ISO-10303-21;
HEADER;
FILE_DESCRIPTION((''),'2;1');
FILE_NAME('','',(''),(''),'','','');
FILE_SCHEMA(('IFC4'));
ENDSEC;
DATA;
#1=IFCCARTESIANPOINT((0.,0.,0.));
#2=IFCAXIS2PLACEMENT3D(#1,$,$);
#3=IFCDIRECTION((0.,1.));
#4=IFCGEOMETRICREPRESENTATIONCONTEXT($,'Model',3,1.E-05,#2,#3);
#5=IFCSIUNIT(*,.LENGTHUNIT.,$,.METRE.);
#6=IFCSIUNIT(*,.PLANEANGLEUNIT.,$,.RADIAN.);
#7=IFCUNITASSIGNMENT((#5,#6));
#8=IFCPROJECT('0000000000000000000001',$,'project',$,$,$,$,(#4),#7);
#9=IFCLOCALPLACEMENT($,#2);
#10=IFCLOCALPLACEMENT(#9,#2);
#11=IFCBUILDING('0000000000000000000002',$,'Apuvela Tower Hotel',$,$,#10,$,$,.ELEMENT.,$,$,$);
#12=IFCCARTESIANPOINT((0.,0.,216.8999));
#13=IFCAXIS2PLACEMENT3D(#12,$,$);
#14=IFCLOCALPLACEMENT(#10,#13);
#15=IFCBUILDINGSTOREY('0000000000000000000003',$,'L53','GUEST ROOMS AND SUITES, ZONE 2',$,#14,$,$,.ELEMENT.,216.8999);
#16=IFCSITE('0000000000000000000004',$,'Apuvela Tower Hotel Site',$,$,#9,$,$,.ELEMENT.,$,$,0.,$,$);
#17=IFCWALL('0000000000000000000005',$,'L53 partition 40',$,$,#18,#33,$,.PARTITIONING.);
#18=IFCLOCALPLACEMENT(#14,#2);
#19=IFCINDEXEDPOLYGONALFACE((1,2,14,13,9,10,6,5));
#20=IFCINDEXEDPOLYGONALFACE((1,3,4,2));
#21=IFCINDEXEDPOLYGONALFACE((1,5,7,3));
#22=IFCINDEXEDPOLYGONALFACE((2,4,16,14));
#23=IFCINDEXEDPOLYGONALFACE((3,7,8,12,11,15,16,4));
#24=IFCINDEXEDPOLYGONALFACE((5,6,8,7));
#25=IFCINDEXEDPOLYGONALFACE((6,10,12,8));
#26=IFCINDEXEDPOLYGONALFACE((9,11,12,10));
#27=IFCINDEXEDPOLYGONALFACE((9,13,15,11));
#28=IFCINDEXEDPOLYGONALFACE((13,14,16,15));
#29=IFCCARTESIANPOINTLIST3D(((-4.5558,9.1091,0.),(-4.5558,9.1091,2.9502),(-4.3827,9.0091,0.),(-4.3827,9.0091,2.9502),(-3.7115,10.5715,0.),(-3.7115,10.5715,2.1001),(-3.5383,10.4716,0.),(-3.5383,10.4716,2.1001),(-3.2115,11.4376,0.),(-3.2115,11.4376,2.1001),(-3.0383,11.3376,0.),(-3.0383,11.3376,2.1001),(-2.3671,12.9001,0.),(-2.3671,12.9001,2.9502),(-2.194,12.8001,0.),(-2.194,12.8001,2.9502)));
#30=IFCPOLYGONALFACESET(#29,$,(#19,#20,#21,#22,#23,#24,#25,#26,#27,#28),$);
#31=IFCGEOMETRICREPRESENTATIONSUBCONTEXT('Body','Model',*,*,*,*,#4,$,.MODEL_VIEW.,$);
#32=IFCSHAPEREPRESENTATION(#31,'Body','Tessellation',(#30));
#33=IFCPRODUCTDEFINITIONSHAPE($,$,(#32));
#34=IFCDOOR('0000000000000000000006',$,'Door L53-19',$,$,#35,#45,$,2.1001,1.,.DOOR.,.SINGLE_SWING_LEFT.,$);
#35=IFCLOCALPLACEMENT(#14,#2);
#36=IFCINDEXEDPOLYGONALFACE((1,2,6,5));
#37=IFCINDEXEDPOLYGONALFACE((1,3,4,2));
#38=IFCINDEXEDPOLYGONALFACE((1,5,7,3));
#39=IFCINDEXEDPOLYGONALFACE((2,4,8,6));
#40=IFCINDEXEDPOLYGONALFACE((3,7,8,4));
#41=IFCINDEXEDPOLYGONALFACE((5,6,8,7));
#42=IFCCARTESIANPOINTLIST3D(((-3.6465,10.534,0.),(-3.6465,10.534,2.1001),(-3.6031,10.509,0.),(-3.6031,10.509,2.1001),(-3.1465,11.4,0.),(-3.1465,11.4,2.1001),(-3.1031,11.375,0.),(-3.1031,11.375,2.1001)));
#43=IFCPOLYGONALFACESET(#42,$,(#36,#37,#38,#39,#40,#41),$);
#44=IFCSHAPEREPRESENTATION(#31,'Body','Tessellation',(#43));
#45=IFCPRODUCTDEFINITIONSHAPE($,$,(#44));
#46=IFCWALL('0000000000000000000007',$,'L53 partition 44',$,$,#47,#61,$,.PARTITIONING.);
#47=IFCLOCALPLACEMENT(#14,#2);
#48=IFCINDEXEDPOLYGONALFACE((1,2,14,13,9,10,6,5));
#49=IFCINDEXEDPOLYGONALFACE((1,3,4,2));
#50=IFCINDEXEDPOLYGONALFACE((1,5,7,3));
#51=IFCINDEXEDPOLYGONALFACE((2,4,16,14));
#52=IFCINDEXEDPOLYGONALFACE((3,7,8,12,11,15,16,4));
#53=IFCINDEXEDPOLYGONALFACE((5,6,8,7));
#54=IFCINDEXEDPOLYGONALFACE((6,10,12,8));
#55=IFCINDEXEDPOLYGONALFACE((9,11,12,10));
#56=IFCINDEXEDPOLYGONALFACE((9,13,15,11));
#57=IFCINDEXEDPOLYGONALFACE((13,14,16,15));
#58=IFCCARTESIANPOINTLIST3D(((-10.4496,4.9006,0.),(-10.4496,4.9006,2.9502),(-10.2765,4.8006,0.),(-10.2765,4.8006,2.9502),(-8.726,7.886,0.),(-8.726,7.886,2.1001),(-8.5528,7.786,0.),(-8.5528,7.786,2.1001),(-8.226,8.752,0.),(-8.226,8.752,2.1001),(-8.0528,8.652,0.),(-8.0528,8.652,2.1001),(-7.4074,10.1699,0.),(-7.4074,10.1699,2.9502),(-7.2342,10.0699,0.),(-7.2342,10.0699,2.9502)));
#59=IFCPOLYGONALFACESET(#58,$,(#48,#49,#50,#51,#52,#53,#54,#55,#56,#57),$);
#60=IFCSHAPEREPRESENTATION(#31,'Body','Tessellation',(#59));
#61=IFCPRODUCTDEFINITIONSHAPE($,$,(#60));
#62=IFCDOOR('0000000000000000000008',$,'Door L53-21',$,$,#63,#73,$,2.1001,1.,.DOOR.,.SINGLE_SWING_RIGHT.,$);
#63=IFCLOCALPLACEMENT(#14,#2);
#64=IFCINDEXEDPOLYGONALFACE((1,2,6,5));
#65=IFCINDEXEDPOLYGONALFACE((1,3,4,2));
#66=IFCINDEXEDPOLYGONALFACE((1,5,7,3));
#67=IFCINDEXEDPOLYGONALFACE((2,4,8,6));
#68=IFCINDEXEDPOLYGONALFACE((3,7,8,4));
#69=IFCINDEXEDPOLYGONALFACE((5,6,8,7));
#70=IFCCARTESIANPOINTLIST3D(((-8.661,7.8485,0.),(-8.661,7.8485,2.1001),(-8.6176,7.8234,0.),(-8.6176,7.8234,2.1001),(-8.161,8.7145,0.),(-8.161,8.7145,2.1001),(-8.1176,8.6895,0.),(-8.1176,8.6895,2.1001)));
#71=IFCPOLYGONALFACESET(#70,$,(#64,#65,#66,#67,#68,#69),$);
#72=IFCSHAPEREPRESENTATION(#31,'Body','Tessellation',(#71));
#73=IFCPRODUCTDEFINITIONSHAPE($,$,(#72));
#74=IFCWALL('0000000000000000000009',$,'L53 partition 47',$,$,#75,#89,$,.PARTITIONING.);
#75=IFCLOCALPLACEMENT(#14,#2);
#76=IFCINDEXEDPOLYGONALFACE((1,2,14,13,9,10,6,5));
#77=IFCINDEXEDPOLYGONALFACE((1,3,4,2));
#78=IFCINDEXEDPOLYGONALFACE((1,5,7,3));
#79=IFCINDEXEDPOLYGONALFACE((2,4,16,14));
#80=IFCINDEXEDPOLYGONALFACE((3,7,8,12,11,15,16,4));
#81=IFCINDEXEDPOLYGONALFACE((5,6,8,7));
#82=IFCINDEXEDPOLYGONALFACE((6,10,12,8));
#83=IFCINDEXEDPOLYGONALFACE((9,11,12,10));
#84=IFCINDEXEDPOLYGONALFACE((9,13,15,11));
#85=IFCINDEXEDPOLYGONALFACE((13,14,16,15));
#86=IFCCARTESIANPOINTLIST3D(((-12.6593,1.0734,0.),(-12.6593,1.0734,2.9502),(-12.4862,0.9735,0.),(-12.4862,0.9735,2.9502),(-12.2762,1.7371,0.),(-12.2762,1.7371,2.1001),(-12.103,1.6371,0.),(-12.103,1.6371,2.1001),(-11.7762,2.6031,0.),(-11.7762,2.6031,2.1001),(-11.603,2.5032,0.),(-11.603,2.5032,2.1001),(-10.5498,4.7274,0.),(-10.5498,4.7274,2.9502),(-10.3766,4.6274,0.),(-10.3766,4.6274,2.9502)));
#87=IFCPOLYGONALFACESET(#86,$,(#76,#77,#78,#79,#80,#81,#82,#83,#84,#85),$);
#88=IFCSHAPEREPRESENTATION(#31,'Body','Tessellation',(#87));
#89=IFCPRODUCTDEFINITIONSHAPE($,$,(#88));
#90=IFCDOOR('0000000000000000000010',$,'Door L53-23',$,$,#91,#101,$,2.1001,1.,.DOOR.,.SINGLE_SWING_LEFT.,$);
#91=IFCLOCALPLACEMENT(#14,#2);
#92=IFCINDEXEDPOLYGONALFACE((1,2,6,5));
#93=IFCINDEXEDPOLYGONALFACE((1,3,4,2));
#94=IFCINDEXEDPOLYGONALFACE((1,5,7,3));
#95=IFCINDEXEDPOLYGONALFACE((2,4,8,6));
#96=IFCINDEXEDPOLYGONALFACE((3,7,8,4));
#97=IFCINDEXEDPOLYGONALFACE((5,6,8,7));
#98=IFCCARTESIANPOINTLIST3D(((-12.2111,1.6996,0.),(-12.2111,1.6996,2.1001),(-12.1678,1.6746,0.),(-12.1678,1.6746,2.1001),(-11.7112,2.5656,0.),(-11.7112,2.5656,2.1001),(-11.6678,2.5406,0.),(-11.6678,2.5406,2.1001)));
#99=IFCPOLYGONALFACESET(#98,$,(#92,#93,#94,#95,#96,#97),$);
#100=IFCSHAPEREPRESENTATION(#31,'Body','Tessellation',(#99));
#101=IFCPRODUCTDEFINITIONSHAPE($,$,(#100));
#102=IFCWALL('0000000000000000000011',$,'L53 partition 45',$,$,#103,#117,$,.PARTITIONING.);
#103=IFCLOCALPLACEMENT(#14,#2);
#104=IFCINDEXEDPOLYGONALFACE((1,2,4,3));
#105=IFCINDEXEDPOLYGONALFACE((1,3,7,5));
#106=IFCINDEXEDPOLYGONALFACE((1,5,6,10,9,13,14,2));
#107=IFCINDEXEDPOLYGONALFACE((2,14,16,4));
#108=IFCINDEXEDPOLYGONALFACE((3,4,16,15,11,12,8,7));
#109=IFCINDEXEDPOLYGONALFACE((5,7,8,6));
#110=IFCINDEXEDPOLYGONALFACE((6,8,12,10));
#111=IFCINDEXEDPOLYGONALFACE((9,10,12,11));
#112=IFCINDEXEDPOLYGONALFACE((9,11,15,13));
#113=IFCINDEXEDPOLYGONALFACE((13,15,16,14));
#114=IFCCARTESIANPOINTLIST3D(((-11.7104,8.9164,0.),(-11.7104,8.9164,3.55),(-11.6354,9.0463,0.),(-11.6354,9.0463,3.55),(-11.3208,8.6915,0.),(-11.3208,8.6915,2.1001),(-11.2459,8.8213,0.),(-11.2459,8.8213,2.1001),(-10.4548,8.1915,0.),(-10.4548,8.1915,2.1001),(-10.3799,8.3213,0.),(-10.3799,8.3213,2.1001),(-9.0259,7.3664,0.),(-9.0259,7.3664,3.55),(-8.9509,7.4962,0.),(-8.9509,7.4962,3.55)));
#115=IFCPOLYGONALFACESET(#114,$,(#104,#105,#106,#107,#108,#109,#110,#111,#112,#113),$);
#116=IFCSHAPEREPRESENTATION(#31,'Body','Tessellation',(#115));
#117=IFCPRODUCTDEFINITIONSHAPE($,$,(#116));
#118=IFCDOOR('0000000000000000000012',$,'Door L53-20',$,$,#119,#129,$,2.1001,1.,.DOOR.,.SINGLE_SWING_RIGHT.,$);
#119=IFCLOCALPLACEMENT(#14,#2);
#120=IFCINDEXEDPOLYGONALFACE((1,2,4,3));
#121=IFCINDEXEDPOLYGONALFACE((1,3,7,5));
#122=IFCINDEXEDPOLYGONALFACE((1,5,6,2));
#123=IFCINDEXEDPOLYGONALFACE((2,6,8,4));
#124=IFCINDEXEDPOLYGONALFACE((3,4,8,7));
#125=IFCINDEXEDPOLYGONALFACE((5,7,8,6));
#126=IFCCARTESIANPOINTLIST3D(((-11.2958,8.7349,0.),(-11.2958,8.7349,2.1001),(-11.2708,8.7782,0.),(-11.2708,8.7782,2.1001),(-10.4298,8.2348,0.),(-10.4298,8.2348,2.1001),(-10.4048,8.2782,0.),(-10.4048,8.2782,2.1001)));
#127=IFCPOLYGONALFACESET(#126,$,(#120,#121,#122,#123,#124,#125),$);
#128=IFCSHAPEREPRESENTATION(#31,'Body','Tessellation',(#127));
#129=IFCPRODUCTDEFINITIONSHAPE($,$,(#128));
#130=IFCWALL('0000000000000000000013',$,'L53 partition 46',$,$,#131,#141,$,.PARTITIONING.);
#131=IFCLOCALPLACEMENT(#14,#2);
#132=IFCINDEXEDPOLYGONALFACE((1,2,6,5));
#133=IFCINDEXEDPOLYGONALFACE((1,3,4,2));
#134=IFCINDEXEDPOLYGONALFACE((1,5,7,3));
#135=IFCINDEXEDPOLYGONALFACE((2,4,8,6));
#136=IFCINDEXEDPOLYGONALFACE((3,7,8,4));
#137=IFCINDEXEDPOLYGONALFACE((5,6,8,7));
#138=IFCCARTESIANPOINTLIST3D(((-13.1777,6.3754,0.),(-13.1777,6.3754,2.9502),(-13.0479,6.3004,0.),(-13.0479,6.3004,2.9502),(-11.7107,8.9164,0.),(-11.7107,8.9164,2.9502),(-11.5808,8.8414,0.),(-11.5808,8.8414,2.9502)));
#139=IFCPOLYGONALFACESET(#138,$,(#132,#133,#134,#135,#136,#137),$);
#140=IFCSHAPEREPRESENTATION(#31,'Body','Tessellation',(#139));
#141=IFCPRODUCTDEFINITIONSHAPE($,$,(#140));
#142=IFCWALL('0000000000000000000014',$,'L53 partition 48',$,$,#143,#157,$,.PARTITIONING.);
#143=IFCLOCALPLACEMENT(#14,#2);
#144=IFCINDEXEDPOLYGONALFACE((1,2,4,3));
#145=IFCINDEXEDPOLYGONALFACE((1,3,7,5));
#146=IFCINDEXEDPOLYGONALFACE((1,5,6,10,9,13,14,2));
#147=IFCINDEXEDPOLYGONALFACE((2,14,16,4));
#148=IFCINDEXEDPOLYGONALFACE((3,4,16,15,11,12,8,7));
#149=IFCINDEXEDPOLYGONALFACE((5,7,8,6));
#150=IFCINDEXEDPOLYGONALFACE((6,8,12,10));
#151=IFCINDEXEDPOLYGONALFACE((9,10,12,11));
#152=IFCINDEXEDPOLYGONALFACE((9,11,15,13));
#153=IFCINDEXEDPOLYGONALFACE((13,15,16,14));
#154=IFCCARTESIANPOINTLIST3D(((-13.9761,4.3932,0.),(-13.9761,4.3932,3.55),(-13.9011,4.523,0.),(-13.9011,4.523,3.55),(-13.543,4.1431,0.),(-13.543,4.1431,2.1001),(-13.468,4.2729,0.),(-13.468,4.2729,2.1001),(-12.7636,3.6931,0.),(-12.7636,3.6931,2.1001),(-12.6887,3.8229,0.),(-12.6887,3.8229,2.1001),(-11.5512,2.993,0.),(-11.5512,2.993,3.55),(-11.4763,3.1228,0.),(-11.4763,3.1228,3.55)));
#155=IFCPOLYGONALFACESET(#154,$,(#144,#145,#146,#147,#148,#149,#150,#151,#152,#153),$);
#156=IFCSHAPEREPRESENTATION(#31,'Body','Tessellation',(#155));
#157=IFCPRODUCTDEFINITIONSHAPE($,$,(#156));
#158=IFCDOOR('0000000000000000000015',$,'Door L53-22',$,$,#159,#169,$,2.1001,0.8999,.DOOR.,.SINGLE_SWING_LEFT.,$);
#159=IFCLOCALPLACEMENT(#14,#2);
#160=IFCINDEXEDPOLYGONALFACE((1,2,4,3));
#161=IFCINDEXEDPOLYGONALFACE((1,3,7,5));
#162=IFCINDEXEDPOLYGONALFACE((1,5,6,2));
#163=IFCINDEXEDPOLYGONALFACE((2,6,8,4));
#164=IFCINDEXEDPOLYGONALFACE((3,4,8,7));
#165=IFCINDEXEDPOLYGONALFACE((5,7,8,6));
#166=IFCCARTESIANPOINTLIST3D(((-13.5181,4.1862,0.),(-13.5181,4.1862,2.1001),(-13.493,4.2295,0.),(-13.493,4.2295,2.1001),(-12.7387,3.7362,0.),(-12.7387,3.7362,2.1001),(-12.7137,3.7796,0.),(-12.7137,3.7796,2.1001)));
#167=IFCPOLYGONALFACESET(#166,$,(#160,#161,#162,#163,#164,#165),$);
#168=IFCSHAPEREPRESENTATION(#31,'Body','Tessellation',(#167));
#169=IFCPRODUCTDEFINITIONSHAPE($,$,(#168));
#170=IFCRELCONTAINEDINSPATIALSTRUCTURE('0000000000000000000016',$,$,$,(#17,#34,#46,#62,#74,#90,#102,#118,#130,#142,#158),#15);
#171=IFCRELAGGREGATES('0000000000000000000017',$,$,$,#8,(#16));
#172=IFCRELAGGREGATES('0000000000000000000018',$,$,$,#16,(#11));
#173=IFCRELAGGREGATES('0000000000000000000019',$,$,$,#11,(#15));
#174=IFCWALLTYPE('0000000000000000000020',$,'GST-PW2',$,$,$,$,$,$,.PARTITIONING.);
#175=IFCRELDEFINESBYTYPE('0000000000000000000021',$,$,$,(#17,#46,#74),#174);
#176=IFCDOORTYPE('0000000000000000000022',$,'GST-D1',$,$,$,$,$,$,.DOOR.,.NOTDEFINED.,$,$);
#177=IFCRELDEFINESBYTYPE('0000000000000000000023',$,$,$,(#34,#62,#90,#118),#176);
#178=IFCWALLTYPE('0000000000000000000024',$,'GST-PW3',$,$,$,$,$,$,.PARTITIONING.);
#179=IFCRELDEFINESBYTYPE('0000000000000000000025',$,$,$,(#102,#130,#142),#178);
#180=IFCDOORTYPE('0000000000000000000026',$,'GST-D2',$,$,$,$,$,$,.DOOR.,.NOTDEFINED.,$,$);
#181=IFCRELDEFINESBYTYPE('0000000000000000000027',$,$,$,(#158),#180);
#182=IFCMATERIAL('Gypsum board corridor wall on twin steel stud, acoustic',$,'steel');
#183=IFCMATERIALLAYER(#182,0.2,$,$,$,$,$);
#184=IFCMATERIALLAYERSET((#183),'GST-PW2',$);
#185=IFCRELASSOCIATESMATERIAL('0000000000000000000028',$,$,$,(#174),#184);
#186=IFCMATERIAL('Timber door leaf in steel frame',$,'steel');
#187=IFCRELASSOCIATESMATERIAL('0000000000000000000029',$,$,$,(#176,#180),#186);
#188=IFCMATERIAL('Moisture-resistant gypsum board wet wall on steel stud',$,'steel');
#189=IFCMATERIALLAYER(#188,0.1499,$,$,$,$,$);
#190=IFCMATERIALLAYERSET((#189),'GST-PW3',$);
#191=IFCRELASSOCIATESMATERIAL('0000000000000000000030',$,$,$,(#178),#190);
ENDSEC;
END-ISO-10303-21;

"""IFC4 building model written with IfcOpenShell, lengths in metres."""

from ifc_helpers import new_model, si_unit, direction, frame, frame_2d, origin, place, context, subcontext, project, spatial, rectangle, extrude, material, layer, layer_set, type_object, element, fill, save


model = new_model("IFC4")

# Units and contexts
model_context = context("Model", 3, precision=1e-05, world=origin(), true_north=direction((0.0, 1.0)))
body_context = subcontext(model_context, "Body", "Model", "MODEL_VIEW")
ifc_project = project(units=[si_unit("LENGTHUNIT", "METRE"), si_unit("PLANEANGLEUNIT", "RADIAN")], contexts=[model_context])

# Site, building, storey
site_placement = place(None, origin())
site = spatial("IfcSite", under=ifc_project, at=site_placement, Name="Apuvela Tower Hotel Site", CompositionType="ELEMENT", RefElevation=0.0)
building_placement = place(site_placement, origin())
building = spatial("IfcBuilding", under=site, at=building_placement, Name="Apuvela Tower Hotel", CompositionType="ELEMENT")
storey_placement = place(building_placement, frame((0.0, 0.0, 216.8999)))
storey = spatial("IfcBuildingStorey", under=building, at=storey_placement, Name="L53", Description="GUEST ROOMS AND SUITES, ZONE 2", CompositionType="ELEMENT", Elevation=216.8999)

# Walls, openings, doors
ifc_material_1 = material(Name="Gypsum board corridor wall on twin steel stud, acoustic", Category="steel")
ifc_layer_1 = layer(ifc_material_1, 0.2)
ifc_layer_set_1 = layer_set([ifc_layer_1], Name="GST-PW2")
wall_type_1 = type_object("IfcWallType", Name="GST-PW2", PredefinedType="PARTITIONING", material=ifc_layer_set_1)
wall_1_placement = place(storey_placement, frame((-4.4692, 9.0591, 0.0), z_axis=(0.0, 0.0, 1.0), x_axis=(0.499996, 0.866028, 0.0)))
wall_1 = element("IfcWall", 1, at=wall_1_placement, inside=storey, type_object=wall_type_1, Name="L53 partition 40", PredefinedType="PARTITIONING", context=body_context, shape_type="SweptSolid", body=[
    extrude(rectangle(XDim=4.3774, YDim=0.2, at=frame_2d((2.1887, 0.0))), origin(), (0.0, 0.0, 1.0), 2.9502),
])
opening_1_placement = place(wall_1_placement, frame((1.6887, 0.0, 0.0)))
opening_1 = element("IfcOpeningElement", 2, at=opening_1_placement, cuts=wall_1, PredefinedType="OPENING", context=body_context, shape_type="SweptSolid", body=[
    extrude(rectangle(XDim=1.0, YDim=2.1001, at=frame_2d((0.5, 1.05))), frame((0.0, 0.1099, 0.0), z_axis=(0.0, -1.0, 0.0), x_axis=(1.0, 0.0, 0.0)), (0.0, 0.0, 1.0), 0.22),
])
ifc_material_2 = material(Name="Timber door leaf in steel frame", Category="steel")
door_type_1 = type_object("IfcDoorType", Name="GST-D1", OperationType="NOTDEFINED", PredefinedType="DOOR", material=ifc_material_2)
door_1_placement = place(opening_1_placement, origin())
door_1 = element("IfcDoor", 3, at=door_1_placement, inside=storey, type_object=door_type_1, Name="Door L53-19", OperationType="SINGLE_SWING_LEFT", OverallHeight=2.1001, OverallWidth=1.0, PredefinedType="DOOR", context=body_context, shape_type="SweptSolid", body=[
    extrude(rectangle(XDim=1.0, YDim=2.1001, at=frame_2d((0.5, 1.05))), frame((0.0, 0.0249, 0.0), z_axis=(0.0, -1.0, 0.0), x_axis=(1.0, 0.0, 0.0)), (0.0, 0.0, 1.0), 0.05),
])
fill(opening_1, door_1)
wall_2_placement = place(storey_placement, frame((-10.363, 4.8506, 0.0), z_axis=(0.0, 0.0, 1.0), x_axis=(0.500001, 0.866025, 0.0)))
wall_2 = element("IfcWall", 4, at=wall_2_placement, inside=storey, type_object=wall_type_1, Name="L53 partition 44", PredefinedType="PARTITIONING", context=body_context, shape_type="SweptSolid", body=[
    extrude(rectangle(XDim=6.0845, YDim=0.2, at=frame_2d((3.0422, 0.0))), origin(), (0.0, 0.0, 1.0), 2.9502),
])
opening_2_placement = place(wall_2_placement, frame((3.4473, 0.0, 0.0)))
opening_2 = element("IfcOpeningElement", 5, at=opening_2_placement, cuts=wall_2, PredefinedType="OPENING", context=body_context, shape_type="SweptSolid", body=[
    extrude(rectangle(XDim=1.0, YDim=2.1001, at=frame_2d((0.5, 1.05))), frame((0.0, 0.1099, 0.0), z_axis=(0.0, -1.0, 0.0), x_axis=(1.0, 0.0, 0.0)), (0.0, 0.0, 1.0), 0.22),
])
door_2_placement = place(opening_2_placement, origin())
door_2 = element("IfcDoor", 6, at=door_2_placement, inside=storey, type_object=door_type_1, Name="Door L53-21", OperationType="SINGLE_SWING_RIGHT", OverallHeight=2.1001, OverallWidth=1.0, PredefinedType="DOOR", context=body_context, shape_type="SweptSolid", body=[
    extrude(rectangle(XDim=1.0, YDim=2.1001, at=frame_2d((0.5, 1.05))), frame((0.0, 0.0249, 0.0), z_axis=(0.0, -1.0, 0.0), x_axis=(1.0, 0.0, 0.0)), (0.0, 0.0, 1.0), 0.05),
])
fill(opening_2, door_2)
wall_3_placement = place(storey_placement, frame((-12.5728, 1.0234, 0.0), z_axis=(0.0, 0.0, 1.0), x_axis=(0.499991, 0.86603, 0.0)))
wall_3 = element("IfcWall", 7, at=wall_3_placement, inside=storey, type_object=wall_type_1, Name="L53 partition 47", PredefinedType="PARTITIONING", context=body_context, shape_type="SweptSolid", body=[
    extrude(rectangle(XDim=4.2192, YDim=0.2, at=frame_2d((2.1096, 0.0))), origin(), (0.0, 0.0, 1.0), 2.9502),
])
opening_3_placement = place(wall_3_placement, frame((0.7664, 0.0, 0.0)))
opening_3 = element("IfcOpeningElement", 8, at=opening_3_placement, cuts=wall_3, PredefinedType="OPENING", context=body_context, shape_type="SweptSolid", body=[
    extrude(rectangle(XDim=1.0, YDim=2.1001, at=frame_2d((0.5, 1.05))), frame((0.0, 0.1099, 0.0), z_axis=(0.0, -1.0, 0.0), x_axis=(1.0, 0.0, 0.0)), (0.0, 0.0, 1.0), 0.22),
])
door_3_placement = place(opening_3_placement, origin())
door_3 = element("IfcDoor", 9, at=door_3_placement, inside=storey, type_object=door_type_1, Name="Door L53-23", OperationType="SINGLE_SWING_LEFT", OverallHeight=2.1001, OverallWidth=1.0, PredefinedType="DOOR", context=body_context, shape_type="SweptSolid", body=[
    extrude(rectangle(XDim=1.0, YDim=2.1001, at=frame_2d((0.5, 1.05))), frame((0.0, 0.0249, 0.0), z_axis=(0.0, -1.0, 0.0), x_axis=(1.0, 0.0, 0.0)), (0.0, 0.0, 1.0), 0.05),
])
fill(opening_3, door_3)
ifc_material_3 = material(Name="Moisture-resistant gypsum board wet wall on steel stud", Category="steel")
ifc_layer_2 = layer(ifc_material_3, 0.1499)
ifc_layer_set_2 = layer_set([ifc_layer_2], Name="GST-PW3")
wall_type_2 = type_object("IfcWallType", Name="GST-PW3", PredefinedType="PARTITIONING", material=ifc_layer_set_2)
wall_4_placement = place(storey_placement, frame((-8.9885, 7.4314, 0.0), z_axis=(0.0, 0.0, 1.0), x_axis=(-0.86601, 0.500027, 0.0)))
wall_4 = element("IfcWall", 10, at=wall_4_placement, inside=storey, type_object=wall_type_2, Name="L53 partition 45", PredefinedType="PARTITIONING", context=body_context, shape_type="SweptSolid", body=[
    extrude(rectangle(XDim=3.0999, YDim=0.1499, at=frame_2d((1.5498, 0.0))), origin(), (0.0, 0.0, 1.0), 3.55),
])
opening_4_placement = place(wall_4_placement, frame((1.6499, 0.0, 0.0)))
opening_4 = element("IfcOpeningElement", 11, at=opening_4_placement, cuts=wall_4, PredefinedType="OPENING", context=body_context, shape_type="SweptSolid", body=[
    extrude(rectangle(XDim=1.0, YDim=2.1001, at=frame_2d((0.5, 1.05))), frame((0.0, 0.085, 0.0), z_axis=(0.0, -1.0, 0.0), x_axis=(1.0, 0.0, 0.0)), (0.0, 0.0, 1.0), 0.1699),
])
door_4_placement = place(opening_4_placement, origin())
door_4 = element("IfcDoor", 12, at=door_4_placement, inside=storey, type_object=door_type_1, Name="Door L53-20", OperationType="SINGLE_SWING_RIGHT", OverallHeight=2.1001, OverallWidth=1.0, PredefinedType="DOOR", context=body_context, shape_type="SweptSolid", body=[
    extrude(rectangle(XDim=1.0, YDim=2.1001, at=frame_2d((0.5, 1.05))), frame((0.0, 0.0249, 0.0), z_axis=(0.0, -1.0, 0.0), x_axis=(1.0, 0.0, 0.0)), (0.0, 0.0, 1.0), 0.05),
])
fill(opening_4, door_4)

# Wall
wall_5_placement = place(storey_placement, frame((-11.6458, 8.8789, 0.0), z_axis=(0.0, 0.0, 1.0), x_axis=(-0.499996, -0.866028, 0.0)))
element("IfcWall", 13, at=wall_5_placement, inside=storey, type_object=wall_type_2, Name="L53 partition 46", PredefinedType="PARTITIONING", context=body_context, shape_type="SweptSolid", body=[
    extrude(rectangle(XDim=2.9341, YDim=0.1499, at=frame_2d((1.467, 0.0))), origin(), (0.0, 0.0, 1.0), 2.9502),
])

# Wall, opening, door
wall_6_placement = place(storey_placement, frame((-13.9385, 4.458, 0.0), z_axis=(0.0, 0.0, 1.0), x_axis=(0.865997, -0.50005, 0.0)))
wall_6 = element("IfcWall", 14, at=wall_6_placement, inside=storey, type_object=wall_type_2, Name="L53 partition 48", PredefinedType="PARTITIONING", context=body_context, shape_type="SweptSolid", body=[
    extrude(rectangle(XDim=2.8, YDim=0.1499, at=frame_2d((1.3999, 0.0))), origin(), (0.0, 0.0, 1.0), 3.55),
])
opening_5_placement = place(wall_6_placement, frame((0.5, 0.0, 0.0)))
opening_5 = element("IfcOpeningElement", 15, at=opening_5_placement, cuts=wall_6, PredefinedType="OPENING", context=body_context, shape_type="SweptSolid", body=[
    extrude(rectangle(XDim=0.8999, YDim=2.1001, at=frame_2d((0.45, 1.05))), frame((0.0, 0.085, 0.0), z_axis=(0.0, -1.0, 0.0), x_axis=(1.0, 0.0, 0.0)), (0.0, 0.0, 1.0), 0.1699),
])
door_type_2 = type_object("IfcDoorType", Name="GST-D2", OperationType="NOTDEFINED", PredefinedType="DOOR", material=ifc_material_2)
door_5_placement = place(opening_5_placement, origin())
door_5 = element("IfcDoor", 16, at=door_5_placement, inside=storey, type_object=door_type_2, Name="Door L53-22", OperationType="SINGLE_SWING_LEFT", OverallHeight=2.1001, OverallWidth=0.8999, PredefinedType="DOOR", context=body_context, shape_type="SweptSolid", body=[
    extrude(rectangle(XDim=0.8999, YDim=2.1001, at=frame_2d((0.45, 1.05))), frame((0.0, 0.0249, 0.0), z_axis=(0.0, -1.0, 0.0), x_axis=(1.0, 0.0, 0.0)), (0.0, 0.0, 1.0), 0.05),
])
fill(opening_5, door_5)

save(model, "model.ifc")
